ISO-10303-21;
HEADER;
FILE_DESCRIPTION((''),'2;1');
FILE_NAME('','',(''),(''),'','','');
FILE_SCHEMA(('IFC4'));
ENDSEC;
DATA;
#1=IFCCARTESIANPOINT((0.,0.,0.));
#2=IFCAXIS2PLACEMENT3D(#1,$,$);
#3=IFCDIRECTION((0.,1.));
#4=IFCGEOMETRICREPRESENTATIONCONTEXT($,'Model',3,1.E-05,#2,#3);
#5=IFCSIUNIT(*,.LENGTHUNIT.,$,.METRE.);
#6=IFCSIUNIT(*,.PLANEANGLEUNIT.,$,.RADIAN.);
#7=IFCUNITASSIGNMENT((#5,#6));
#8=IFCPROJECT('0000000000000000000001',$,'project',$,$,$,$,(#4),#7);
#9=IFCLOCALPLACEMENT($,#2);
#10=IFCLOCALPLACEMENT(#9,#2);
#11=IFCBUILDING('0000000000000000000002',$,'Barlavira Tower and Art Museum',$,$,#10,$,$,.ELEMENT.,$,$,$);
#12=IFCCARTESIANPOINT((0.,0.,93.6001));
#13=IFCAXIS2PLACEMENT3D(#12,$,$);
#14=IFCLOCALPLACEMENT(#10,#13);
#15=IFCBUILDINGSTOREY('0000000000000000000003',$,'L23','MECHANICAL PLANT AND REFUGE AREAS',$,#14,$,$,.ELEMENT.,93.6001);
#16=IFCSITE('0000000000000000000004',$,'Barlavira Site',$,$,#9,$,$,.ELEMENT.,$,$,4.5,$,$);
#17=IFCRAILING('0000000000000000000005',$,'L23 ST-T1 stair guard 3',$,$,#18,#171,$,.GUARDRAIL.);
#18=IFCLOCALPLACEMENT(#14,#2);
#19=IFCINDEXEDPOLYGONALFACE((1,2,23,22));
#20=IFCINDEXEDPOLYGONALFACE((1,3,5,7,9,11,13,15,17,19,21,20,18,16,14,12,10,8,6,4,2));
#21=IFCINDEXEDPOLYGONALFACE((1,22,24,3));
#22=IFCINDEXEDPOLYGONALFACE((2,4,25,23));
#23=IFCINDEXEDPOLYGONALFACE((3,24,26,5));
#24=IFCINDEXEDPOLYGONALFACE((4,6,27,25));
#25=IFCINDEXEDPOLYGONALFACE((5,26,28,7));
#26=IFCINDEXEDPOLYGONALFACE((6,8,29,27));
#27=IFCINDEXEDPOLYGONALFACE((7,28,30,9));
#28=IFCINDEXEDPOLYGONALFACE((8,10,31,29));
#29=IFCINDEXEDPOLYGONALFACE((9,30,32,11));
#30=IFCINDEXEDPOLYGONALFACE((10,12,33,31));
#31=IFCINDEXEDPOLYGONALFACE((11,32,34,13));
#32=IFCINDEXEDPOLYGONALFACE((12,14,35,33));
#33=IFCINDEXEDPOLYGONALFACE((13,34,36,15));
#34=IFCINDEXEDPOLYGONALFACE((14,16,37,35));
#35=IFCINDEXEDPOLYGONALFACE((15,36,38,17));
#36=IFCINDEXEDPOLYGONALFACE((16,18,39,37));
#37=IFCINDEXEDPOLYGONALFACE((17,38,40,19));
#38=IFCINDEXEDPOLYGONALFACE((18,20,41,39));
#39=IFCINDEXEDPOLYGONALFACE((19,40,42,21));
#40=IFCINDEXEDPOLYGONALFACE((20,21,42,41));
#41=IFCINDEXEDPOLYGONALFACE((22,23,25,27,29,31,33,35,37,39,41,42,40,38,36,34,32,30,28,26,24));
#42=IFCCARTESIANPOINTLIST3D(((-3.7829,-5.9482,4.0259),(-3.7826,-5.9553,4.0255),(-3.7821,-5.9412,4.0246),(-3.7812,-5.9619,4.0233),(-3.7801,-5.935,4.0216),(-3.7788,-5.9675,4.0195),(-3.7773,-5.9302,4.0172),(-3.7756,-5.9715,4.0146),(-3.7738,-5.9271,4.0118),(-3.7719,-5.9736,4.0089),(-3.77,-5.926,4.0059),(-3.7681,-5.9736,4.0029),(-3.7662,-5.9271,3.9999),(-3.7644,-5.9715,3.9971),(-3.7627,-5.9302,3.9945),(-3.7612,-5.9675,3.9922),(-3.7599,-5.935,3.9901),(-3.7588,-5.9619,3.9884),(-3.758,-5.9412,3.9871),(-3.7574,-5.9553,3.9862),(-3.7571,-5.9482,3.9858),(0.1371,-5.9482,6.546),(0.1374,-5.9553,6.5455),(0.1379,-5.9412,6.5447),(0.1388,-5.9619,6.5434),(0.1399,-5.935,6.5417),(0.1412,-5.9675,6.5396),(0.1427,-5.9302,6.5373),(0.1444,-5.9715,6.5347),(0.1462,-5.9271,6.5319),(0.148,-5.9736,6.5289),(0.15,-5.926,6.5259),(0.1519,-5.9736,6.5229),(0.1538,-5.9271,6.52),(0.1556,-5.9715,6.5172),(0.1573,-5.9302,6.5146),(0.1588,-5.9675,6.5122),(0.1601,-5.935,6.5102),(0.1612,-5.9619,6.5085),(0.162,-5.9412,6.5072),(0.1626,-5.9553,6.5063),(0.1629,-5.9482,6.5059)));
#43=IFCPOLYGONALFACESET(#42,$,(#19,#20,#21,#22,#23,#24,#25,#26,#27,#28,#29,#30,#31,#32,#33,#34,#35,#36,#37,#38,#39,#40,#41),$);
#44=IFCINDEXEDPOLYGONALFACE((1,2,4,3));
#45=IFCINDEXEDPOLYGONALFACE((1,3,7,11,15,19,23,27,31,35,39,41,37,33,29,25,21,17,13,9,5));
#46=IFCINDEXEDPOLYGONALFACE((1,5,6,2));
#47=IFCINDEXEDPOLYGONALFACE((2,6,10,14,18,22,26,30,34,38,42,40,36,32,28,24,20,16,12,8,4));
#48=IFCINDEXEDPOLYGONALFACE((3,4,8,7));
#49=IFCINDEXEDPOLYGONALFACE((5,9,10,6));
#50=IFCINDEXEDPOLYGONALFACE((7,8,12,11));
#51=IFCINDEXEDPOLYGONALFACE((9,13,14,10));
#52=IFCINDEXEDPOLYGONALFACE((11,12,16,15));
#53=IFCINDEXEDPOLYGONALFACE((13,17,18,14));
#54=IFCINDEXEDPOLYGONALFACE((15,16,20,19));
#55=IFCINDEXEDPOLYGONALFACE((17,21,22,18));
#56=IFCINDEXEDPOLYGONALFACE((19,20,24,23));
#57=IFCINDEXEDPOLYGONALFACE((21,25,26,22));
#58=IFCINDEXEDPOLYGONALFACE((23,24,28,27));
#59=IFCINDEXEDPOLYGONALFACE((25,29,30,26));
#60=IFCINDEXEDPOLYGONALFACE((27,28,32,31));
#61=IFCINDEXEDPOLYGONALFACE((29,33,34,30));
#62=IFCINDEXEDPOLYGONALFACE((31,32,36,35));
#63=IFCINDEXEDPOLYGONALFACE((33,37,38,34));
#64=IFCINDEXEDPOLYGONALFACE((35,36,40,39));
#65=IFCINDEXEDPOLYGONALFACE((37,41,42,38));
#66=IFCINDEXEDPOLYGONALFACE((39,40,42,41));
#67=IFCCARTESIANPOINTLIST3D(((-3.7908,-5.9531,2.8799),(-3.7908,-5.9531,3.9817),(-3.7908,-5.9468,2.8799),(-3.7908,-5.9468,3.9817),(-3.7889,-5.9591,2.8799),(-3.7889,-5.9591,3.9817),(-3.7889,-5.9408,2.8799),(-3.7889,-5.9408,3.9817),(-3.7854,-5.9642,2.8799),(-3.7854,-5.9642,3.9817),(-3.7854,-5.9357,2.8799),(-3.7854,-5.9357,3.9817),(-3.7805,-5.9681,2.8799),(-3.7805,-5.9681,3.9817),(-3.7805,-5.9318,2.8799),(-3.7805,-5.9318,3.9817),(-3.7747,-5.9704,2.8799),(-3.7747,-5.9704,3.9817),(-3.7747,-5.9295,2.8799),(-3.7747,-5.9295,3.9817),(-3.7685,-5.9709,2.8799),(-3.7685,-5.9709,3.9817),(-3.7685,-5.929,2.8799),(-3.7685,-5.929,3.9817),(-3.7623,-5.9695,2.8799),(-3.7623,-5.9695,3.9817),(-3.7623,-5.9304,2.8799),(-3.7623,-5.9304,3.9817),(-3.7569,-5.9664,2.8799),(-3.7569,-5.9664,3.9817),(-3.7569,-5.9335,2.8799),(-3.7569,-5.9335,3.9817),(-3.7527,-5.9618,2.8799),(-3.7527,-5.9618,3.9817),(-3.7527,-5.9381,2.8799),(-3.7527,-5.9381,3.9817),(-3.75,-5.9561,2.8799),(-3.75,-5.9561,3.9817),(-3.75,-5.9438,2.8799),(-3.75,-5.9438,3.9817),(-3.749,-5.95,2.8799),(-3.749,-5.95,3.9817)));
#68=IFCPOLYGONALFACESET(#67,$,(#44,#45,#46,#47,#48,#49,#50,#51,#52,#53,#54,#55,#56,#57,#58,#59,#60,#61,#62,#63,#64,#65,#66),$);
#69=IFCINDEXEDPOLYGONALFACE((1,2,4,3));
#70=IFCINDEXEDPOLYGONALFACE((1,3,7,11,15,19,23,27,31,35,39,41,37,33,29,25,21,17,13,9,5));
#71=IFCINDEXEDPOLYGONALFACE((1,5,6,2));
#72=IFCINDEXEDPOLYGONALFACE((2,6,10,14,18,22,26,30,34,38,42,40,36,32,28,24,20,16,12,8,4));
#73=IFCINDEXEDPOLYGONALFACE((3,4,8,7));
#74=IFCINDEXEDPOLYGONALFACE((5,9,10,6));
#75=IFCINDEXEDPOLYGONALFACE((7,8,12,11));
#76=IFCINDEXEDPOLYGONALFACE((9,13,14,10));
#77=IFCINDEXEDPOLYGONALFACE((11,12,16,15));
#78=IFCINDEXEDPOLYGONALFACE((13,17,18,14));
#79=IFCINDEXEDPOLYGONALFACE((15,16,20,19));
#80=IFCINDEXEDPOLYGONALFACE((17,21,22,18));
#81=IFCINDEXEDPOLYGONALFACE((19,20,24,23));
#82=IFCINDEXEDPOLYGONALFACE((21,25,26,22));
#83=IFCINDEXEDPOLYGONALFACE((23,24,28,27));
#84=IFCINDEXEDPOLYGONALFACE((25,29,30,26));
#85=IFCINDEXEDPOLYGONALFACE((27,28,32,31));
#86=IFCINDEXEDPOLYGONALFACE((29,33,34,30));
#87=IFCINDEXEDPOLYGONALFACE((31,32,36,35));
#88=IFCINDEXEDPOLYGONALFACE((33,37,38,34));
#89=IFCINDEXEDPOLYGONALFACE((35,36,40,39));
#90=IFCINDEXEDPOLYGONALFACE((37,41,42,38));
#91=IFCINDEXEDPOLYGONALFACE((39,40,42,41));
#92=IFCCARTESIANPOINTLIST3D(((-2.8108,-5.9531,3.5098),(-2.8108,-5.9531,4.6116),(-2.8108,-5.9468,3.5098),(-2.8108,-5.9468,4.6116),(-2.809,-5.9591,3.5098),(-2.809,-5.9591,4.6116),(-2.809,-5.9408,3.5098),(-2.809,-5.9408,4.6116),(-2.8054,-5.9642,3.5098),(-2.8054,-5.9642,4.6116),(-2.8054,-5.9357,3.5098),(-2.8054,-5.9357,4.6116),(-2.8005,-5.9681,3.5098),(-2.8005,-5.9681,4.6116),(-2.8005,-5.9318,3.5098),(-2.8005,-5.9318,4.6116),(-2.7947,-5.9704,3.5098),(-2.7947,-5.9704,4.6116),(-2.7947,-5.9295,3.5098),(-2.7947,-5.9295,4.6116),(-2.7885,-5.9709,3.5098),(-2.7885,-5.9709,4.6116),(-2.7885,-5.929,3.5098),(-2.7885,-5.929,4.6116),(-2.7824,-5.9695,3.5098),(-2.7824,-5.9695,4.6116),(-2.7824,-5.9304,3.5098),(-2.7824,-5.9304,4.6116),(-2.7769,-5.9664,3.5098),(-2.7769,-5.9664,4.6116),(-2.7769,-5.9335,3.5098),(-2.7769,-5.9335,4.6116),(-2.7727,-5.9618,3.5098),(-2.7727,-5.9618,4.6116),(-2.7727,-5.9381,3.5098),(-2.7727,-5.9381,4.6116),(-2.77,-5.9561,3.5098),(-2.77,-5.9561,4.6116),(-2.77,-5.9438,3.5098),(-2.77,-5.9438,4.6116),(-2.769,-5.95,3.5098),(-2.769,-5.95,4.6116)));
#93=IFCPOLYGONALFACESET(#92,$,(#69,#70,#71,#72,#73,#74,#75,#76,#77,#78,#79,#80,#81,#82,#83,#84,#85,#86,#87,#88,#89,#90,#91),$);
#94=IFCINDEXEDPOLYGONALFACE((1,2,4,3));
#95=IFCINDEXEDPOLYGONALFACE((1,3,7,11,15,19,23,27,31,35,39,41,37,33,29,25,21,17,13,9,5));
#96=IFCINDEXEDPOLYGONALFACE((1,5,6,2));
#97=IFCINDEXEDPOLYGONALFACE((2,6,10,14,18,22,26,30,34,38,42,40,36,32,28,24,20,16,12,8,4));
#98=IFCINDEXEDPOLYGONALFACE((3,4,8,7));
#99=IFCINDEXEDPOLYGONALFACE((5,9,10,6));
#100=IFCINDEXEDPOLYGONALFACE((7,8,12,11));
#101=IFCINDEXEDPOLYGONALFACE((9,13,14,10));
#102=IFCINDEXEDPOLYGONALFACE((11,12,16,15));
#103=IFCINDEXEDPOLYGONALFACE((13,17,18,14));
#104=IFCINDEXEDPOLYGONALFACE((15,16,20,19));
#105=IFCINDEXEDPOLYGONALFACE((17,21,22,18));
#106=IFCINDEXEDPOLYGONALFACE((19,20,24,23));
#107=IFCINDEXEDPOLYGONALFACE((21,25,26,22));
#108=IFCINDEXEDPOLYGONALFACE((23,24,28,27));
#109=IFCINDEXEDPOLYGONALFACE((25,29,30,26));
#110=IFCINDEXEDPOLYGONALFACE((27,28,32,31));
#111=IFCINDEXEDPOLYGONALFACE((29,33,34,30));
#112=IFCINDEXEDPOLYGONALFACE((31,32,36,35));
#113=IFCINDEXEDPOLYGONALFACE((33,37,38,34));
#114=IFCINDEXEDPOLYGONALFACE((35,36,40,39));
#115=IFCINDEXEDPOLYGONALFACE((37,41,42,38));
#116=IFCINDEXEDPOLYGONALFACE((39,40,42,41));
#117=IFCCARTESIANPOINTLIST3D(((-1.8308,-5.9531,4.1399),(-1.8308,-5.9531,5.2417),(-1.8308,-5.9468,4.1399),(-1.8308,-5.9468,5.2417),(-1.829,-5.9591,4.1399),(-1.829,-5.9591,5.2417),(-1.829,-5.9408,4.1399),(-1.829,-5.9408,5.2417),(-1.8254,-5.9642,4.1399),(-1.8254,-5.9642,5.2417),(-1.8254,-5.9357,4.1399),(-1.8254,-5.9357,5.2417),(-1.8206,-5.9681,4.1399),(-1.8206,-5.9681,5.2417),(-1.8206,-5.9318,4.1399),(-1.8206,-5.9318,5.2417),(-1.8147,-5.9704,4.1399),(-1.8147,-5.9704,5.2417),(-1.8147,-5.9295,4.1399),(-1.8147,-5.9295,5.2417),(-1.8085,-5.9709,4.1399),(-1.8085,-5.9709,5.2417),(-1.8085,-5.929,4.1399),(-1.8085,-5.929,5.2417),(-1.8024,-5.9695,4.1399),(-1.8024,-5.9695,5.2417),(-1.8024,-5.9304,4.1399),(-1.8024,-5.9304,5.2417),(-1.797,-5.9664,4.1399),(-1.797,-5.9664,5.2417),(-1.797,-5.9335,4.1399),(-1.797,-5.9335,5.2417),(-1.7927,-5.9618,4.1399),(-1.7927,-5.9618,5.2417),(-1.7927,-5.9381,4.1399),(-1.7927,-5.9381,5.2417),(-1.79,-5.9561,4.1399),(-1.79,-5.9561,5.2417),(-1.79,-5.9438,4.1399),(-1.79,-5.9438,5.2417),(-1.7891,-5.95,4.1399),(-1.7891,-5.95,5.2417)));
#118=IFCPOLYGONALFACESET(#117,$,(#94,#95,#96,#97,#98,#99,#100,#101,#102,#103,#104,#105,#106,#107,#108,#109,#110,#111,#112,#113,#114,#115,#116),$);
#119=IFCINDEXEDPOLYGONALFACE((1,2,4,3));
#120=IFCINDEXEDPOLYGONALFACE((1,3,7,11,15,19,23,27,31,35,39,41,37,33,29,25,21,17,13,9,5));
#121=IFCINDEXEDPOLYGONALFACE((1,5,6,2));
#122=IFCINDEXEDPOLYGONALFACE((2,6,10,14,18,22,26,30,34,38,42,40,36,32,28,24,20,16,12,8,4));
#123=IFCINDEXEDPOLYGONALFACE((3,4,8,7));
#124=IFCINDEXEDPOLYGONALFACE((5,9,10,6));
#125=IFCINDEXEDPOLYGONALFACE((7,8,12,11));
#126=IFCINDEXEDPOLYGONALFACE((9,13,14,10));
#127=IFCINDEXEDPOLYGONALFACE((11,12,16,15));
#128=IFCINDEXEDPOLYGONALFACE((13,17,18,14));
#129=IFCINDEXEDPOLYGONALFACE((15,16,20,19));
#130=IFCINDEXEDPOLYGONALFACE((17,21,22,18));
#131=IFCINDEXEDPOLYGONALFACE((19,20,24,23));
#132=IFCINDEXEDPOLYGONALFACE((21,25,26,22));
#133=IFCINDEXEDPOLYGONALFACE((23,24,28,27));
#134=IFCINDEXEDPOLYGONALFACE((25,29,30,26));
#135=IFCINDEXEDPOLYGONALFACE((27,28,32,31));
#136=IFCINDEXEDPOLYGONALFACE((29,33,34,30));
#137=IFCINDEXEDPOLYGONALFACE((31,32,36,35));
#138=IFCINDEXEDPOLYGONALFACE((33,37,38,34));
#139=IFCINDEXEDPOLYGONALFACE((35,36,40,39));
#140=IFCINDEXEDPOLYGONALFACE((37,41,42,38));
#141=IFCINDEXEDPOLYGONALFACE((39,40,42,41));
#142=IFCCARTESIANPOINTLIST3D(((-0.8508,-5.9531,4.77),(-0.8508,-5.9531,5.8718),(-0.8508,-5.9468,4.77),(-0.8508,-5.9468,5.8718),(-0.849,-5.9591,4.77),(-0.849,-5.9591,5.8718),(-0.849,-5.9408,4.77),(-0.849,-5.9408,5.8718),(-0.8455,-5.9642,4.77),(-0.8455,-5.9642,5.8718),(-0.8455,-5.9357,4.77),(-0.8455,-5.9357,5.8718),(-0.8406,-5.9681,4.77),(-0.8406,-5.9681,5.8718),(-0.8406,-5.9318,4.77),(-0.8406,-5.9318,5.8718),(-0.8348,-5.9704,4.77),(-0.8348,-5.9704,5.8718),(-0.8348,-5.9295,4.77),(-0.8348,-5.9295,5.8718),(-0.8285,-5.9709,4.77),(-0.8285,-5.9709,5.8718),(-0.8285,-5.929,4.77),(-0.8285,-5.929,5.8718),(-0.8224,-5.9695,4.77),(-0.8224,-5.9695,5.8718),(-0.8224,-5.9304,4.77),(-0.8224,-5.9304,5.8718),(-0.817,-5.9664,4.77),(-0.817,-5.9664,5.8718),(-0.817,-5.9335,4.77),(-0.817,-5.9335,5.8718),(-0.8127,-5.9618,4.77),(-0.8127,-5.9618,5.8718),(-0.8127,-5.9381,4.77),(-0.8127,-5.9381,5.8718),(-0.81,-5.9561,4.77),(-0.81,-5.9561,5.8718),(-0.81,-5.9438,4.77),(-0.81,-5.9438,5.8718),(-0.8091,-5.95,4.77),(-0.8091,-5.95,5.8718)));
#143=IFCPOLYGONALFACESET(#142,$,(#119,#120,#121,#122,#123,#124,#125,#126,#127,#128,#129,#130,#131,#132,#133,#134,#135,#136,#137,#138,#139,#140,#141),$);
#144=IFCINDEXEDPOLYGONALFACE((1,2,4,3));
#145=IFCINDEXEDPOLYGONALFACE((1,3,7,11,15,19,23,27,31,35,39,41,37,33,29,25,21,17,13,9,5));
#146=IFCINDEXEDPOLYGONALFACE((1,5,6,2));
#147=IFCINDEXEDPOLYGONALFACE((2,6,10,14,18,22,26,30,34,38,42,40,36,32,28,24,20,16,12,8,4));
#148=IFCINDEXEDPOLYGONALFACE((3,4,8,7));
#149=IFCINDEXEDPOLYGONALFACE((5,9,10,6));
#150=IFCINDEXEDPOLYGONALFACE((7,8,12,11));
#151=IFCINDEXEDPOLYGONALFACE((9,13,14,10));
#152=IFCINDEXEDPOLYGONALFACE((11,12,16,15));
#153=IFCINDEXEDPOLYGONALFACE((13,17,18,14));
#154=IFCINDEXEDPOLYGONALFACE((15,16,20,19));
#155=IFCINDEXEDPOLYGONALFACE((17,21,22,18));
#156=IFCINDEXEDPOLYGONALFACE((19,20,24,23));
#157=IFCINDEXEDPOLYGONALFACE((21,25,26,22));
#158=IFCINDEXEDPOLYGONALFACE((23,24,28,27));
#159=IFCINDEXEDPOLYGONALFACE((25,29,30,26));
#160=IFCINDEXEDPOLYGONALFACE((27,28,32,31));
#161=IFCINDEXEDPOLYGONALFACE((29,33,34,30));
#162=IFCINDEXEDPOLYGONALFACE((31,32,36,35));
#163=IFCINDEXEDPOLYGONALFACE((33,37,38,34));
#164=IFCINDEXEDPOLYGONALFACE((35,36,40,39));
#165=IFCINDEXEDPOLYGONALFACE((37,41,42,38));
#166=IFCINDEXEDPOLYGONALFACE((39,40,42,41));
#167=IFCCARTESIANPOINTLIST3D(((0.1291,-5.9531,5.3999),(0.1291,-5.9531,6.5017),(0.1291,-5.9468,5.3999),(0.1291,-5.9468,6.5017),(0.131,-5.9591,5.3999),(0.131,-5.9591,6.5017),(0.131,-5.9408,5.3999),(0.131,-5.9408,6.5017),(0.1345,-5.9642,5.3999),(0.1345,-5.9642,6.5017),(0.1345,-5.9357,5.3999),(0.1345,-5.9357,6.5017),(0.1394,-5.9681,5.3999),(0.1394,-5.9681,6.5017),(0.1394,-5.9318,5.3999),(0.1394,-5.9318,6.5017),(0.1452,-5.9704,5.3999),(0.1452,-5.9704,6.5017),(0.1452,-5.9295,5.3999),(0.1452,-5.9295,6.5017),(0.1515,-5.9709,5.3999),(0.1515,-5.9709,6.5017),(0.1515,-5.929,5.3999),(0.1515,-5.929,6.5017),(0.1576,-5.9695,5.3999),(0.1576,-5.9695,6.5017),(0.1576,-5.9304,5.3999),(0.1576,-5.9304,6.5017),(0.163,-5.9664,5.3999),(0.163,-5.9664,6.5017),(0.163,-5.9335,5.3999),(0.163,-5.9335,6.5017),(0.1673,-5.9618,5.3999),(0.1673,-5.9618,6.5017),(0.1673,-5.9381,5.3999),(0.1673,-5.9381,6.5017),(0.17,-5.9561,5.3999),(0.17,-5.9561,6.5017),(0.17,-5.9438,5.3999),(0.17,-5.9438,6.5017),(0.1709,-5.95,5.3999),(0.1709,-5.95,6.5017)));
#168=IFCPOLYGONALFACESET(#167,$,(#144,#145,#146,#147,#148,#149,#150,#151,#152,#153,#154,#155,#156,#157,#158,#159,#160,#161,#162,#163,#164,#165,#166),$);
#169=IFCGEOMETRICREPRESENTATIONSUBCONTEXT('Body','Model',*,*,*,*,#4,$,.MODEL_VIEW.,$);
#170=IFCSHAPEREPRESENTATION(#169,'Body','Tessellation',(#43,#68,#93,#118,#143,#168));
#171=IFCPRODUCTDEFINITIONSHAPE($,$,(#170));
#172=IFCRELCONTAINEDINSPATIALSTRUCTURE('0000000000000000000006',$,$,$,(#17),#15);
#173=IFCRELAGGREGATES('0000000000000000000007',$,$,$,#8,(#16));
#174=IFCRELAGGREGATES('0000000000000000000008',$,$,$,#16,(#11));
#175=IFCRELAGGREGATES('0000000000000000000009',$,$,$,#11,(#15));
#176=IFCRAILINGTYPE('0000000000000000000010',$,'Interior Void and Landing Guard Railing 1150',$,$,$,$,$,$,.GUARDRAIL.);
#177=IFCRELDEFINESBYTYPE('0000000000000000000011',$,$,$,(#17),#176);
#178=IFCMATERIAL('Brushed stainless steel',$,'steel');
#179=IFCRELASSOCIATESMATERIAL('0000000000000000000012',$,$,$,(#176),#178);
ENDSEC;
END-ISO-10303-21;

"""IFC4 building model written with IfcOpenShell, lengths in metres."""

from ifc_helpers import new_model, si_unit, direction, frame, origin, origin_2d, place, context, subcontext, project, spatial, circle, extrude, material, type_object, element, save


model = new_model("IFC4")

# Units and contexts
model_context = context("Model", 3, precision=1e-05, world=origin(), true_north=direction((0.0, 1.0)))
body_context = subcontext(model_context, "Body", "Model", "MODEL_VIEW")
ifc_project = project(units=[si_unit("LENGTHUNIT", "METRE"), si_unit("PLANEANGLEUNIT", "RADIAN")], contexts=[model_context])

# Site, building, storey
site_placement = place(None, origin())
site = spatial("IfcSite", under=ifc_project, at=site_placement, Name="Barlavira Site", CompositionType="ELEMENT", RefElevation=4.5)
building_placement = place(site_placement, origin())
building = spatial("IfcBuilding", under=site, at=building_placement, Name="Barlavira Tower and Art Museum", CompositionType="ELEMENT")
storey_placement = place(building_placement, frame((0.0, 0.0, 93.6001)))
storey = spatial("IfcBuildingStorey", under=building, at=storey_placement, Name="L23", Description="MECHANICAL PLANT AND REFUGE AREAS", CompositionType="ELEMENT", Elevation=93.6001)

# Shared definitions
ifc_material_1 = material(Name="Brushed stainless steel", Category="steel")

# Railing
railing_type_1 = type_object("IfcRailingType", Name="Interior Void and Landing Guard Railing 1150", PredefinedType="GUARDRAIL", material=ifc_material_1)
railing_1_placement = place(storey_placement, frame((-3.77, -5.95, 2.8799)))
element("IfcRailing", 1, at=railing_1_placement, inside=storey, type_object=railing_type_1, Name="L23 ST-T1 stair guard 3", PredefinedType="GUARDRAIL", context=body_context, shape_type="SweptSolid", body=[
    extrude(circle(Radius=0.0239, at=origin_2d()), frame((0.0, 0.0, 1.126), z_axis=(0.841172, 0.0, 0.540768), x_axis=(0.0, 1.0, 0.0)), (0.0, 0.0, 1.0), 4.6602),
    extrude(circle(Radius=0.021, at=origin_2d()), origin(), (0.0, 0.0, 1.0), 1.1018),
    extrude(circle(Radius=0.021, at=origin_2d()), frame((0.98, 0.0, 0.6299)), (0.0, 0.0, 1.0), 1.1018),
    extrude(circle(Radius=0.021, at=origin_2d()), frame((1.96, 0.0, 1.26)), (0.0, 0.0, 1.0), 1.1018),
    extrude(circle(Radius=0.021, at=origin_2d()), frame((2.9399, 0.0, 1.8901)), (0.0, 0.0, 1.0), 1.1018),
    extrude(circle(Radius=0.021, at=origin_2d()), frame((3.9199, 0.0, 2.52)), (0.0, 0.0, 1.0), 1.1018),
])

save(model, "model.ifc")
